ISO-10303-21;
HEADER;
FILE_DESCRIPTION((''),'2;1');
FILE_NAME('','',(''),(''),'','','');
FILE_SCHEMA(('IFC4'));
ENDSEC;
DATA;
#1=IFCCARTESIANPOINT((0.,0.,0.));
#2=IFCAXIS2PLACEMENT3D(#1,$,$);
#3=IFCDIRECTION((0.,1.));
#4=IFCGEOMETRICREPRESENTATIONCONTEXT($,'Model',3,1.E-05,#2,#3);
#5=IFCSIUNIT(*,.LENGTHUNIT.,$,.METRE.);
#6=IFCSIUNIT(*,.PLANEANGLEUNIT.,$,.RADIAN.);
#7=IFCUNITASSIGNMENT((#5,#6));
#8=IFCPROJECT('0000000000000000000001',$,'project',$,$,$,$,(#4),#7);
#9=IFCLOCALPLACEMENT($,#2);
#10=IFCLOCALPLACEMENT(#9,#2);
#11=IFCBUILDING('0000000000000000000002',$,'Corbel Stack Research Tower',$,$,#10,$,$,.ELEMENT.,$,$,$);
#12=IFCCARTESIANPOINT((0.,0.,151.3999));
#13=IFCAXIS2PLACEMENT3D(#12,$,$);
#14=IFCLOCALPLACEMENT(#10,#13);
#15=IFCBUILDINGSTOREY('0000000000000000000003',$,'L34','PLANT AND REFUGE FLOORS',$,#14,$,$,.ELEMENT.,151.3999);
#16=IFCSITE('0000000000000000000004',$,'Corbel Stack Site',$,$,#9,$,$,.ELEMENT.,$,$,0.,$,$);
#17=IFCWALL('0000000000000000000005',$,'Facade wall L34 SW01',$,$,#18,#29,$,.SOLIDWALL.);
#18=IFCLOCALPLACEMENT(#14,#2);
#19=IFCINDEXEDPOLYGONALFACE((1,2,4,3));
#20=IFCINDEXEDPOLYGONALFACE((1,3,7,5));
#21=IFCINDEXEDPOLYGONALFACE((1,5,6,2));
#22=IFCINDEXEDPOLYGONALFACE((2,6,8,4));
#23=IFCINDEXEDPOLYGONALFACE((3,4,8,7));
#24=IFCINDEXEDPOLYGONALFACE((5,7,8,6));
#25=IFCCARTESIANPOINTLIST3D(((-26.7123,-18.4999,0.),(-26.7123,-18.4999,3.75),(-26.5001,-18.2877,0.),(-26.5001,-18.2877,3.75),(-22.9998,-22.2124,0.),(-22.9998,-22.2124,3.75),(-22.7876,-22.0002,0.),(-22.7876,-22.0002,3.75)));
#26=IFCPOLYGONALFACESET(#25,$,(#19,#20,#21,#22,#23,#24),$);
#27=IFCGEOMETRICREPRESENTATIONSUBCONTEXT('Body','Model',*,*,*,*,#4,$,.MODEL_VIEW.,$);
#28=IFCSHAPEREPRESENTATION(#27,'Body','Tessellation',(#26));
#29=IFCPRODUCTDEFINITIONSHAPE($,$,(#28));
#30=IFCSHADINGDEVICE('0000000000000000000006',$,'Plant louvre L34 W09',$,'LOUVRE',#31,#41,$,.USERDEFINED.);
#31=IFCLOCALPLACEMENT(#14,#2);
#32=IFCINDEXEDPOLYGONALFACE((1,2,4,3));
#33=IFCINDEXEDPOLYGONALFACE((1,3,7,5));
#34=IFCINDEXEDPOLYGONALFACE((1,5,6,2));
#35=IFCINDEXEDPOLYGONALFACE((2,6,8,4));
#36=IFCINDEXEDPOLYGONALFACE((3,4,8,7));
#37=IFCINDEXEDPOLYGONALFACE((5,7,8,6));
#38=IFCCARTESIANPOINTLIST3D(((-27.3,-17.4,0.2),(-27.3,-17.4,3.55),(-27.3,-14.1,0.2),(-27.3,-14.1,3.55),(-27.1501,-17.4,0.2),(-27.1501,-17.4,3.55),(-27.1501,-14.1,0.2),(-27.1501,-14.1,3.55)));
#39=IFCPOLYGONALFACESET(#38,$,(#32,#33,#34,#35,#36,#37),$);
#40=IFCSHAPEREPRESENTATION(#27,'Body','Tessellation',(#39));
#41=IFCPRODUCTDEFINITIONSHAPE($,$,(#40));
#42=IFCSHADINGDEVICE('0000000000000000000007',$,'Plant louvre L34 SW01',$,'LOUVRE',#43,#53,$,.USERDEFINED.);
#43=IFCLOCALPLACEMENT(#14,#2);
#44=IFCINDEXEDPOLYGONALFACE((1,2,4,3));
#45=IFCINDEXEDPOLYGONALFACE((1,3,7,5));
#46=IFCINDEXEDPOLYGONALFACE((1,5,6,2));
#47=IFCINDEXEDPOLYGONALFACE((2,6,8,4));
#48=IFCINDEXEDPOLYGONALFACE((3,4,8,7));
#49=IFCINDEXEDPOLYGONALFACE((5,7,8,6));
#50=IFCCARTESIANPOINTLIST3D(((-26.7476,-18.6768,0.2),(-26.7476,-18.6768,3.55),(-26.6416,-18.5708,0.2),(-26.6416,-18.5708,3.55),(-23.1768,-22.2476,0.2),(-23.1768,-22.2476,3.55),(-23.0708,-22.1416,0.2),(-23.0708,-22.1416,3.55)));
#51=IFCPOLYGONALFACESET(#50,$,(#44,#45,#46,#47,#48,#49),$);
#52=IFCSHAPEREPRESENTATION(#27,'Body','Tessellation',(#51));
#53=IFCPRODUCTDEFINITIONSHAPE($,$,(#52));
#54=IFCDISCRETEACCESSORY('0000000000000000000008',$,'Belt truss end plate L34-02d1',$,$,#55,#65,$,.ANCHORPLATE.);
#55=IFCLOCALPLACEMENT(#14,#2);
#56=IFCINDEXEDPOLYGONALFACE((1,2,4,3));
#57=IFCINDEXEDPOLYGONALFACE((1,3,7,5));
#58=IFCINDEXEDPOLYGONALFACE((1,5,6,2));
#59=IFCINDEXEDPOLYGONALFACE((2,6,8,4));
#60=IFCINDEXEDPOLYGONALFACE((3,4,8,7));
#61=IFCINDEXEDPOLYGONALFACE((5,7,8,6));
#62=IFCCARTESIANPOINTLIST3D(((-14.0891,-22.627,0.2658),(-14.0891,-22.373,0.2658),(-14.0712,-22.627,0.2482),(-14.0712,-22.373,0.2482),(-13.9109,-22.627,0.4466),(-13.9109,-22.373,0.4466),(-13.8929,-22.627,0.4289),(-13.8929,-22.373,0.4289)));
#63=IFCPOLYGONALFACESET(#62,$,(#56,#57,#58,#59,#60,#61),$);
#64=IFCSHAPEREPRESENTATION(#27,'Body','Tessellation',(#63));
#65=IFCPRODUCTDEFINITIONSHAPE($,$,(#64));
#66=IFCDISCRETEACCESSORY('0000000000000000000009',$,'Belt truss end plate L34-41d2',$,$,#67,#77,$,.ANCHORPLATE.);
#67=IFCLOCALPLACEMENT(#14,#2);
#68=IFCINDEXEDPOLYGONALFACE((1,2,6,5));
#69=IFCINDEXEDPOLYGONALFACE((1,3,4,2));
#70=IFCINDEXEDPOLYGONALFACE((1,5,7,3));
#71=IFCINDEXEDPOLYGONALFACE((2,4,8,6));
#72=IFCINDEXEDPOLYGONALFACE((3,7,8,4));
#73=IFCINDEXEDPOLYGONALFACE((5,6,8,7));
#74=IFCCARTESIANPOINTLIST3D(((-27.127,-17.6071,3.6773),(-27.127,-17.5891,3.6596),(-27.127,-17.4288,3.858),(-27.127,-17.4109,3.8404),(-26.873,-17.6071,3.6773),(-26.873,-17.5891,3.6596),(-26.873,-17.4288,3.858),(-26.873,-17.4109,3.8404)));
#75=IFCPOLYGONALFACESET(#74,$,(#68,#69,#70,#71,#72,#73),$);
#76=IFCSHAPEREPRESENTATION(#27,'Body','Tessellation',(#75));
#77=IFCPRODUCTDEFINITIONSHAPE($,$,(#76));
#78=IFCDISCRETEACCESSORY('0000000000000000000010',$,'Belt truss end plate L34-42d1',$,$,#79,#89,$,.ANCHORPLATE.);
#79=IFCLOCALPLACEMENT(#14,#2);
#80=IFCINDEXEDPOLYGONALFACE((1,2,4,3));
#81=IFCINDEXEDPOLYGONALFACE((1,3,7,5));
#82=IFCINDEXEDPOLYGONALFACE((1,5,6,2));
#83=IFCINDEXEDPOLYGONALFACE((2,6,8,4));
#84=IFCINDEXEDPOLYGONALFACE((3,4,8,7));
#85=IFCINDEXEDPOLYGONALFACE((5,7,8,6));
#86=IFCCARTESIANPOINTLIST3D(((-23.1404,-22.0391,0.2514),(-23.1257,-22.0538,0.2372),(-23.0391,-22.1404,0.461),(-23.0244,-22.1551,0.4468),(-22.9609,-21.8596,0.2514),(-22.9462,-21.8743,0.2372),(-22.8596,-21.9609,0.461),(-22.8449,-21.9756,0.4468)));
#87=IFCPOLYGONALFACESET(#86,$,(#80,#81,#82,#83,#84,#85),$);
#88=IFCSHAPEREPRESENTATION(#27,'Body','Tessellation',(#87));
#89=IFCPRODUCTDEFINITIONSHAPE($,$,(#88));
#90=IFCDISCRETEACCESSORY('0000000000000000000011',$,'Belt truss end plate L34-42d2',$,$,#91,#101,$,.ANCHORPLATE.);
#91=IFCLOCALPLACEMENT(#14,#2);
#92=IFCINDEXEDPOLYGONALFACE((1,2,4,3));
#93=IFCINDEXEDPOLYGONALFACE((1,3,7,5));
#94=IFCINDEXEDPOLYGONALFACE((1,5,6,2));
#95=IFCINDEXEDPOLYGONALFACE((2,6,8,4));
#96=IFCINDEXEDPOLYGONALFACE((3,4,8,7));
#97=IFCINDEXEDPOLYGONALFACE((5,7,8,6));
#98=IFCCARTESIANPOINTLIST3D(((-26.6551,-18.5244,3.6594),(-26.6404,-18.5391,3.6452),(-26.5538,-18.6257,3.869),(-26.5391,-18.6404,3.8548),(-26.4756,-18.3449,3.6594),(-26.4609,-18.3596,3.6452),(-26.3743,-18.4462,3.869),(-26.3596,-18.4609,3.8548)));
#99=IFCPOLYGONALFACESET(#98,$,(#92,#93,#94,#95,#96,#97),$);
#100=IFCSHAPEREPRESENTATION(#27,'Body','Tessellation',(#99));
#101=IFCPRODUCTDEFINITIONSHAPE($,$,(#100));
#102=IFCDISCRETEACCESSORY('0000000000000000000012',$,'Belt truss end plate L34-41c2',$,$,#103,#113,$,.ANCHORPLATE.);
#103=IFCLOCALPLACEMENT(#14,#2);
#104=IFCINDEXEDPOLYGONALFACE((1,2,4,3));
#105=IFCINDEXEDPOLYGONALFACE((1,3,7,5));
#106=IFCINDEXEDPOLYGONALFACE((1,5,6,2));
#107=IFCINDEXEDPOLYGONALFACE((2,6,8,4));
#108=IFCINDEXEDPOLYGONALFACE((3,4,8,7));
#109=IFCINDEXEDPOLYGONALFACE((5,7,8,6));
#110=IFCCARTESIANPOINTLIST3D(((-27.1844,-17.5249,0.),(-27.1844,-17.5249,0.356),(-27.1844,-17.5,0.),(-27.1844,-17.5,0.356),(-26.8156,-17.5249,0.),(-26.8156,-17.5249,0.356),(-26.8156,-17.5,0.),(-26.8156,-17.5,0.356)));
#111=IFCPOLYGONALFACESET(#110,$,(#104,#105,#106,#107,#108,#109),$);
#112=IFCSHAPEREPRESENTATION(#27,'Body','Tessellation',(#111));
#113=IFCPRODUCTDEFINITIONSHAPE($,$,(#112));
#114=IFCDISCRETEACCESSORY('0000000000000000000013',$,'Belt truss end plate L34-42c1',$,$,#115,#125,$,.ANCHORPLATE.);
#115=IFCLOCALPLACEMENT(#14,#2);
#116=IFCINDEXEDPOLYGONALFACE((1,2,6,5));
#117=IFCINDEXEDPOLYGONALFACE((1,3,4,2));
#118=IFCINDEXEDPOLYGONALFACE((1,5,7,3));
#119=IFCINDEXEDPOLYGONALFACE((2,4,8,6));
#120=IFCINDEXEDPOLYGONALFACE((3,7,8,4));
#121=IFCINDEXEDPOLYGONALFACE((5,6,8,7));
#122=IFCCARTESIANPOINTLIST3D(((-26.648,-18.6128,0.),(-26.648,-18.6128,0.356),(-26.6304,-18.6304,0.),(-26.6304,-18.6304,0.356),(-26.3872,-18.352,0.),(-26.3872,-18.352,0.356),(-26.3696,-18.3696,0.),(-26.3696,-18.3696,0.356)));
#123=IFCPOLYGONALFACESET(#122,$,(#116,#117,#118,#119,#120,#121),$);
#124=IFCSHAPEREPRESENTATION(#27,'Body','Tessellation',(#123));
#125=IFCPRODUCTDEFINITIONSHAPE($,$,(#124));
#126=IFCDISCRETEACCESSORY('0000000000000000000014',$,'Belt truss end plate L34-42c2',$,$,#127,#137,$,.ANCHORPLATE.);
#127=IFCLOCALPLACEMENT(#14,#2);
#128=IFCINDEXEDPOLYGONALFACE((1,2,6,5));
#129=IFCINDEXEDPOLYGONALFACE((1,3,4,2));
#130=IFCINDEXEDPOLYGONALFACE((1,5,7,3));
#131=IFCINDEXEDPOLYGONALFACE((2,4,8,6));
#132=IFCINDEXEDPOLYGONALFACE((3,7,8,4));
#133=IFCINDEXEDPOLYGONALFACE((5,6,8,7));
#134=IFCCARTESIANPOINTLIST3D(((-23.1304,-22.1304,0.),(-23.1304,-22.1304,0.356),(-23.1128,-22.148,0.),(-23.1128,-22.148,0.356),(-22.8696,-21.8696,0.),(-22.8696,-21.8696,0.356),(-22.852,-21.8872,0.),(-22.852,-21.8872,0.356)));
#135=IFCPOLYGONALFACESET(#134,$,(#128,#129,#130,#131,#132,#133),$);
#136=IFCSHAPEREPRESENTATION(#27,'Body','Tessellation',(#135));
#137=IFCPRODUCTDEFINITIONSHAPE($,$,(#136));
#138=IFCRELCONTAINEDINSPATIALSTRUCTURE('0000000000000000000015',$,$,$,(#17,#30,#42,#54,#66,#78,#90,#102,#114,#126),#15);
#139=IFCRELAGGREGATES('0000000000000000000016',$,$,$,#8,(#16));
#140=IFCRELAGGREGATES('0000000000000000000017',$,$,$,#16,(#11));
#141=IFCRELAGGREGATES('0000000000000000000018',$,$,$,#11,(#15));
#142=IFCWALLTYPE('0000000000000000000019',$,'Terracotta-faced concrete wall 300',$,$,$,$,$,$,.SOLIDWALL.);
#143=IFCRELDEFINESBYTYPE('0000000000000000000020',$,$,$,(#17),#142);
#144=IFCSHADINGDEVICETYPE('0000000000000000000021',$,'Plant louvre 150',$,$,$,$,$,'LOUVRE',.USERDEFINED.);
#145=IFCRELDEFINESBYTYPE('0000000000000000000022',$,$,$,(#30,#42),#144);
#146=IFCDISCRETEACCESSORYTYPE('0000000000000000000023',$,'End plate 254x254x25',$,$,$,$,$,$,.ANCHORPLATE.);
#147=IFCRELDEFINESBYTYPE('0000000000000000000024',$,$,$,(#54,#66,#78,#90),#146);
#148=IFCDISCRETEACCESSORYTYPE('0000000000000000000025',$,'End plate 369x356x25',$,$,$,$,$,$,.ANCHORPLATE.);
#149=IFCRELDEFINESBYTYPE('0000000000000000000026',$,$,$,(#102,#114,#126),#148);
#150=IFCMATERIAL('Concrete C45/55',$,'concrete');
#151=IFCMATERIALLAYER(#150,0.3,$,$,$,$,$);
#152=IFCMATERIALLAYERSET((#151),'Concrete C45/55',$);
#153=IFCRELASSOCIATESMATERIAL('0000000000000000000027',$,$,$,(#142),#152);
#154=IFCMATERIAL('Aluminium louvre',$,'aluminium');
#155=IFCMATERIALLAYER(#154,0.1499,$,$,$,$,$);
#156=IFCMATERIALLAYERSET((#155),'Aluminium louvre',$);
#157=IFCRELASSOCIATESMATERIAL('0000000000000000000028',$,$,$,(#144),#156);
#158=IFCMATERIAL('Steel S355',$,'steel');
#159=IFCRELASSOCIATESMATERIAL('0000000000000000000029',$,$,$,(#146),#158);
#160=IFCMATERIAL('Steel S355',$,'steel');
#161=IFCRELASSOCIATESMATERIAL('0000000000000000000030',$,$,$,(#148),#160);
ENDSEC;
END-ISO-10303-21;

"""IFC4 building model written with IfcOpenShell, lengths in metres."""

from ifc_helpers import new_model, si_unit, direction, frame, frame_2d, origin, origin_2d, place, context, subcontext, project, spatial, rectangle, extrude, material, layer, layer_set, material_profile, profile_set, type_object, element, save


model = new_model("IFC4")

# Units and contexts
model_context = context("Model", 3, precision=1e-05, world=origin(), true_north=direction((0.0, 1.0)))
body_context = subcontext(model_context, "Body", "Model", "MODEL_VIEW")
ifc_project = project(units=[si_unit("LENGTHUNIT", "METRE"), si_unit("PLANEANGLEUNIT", "RADIAN")], contexts=[model_context])

# Site, building, storey
site_placement = place(None, origin())
site = spatial("IfcSite", under=ifc_project, at=site_placement, Name="Corbel Stack Site", CompositionType="ELEMENT", RefElevation=0.0)
building_placement = place(site_placement, origin())
building = spatial("IfcBuilding", under=site, at=building_placement, Name="Corbel Stack Research Tower", CompositionType="ELEMENT")
storey_placement = place(building_placement, frame((0.0, 0.0, 151.3999)))
storey = spatial("IfcBuildingStorey", under=building, at=storey_placement, Name="L34", Description="PLANT AND REFUGE FLOORS", CompositionType="ELEMENT", Elevation=151.3999)

# Wall
ifc_material_1 = material(Name="Concrete C45/55", Category="concrete")
ifc_layer_1 = layer(ifc_material_1, 0.3)
ifc_layer_set_1 = layer_set([ifc_layer_1], Name="Concrete C45/55")
wall_type_1 = type_object("IfcWallType", Name="Terracotta-faced concrete wall 300", PredefinedType="SOLIDWALL", material=ifc_layer_set_1)
wall_1_placement = place(storey_placement, frame((-22.8938, -22.1062, 0.0), z_axis=(0.0, 0.0, 1.0), x_axis=(-0.707107, 0.707107, 0.0)))
element("IfcWall", 1, at=wall_1_placement, inside=storey, type_object=wall_type_1, Name="Facade wall L34 SW01", PredefinedType="SOLIDWALL", context=body_context, shape_type="SweptSolid", body=[
    extrude(rectangle(XDim=5.2502, YDim=0.3, at=frame_2d((2.625, 0.0))), origin(), (0.0, 0.0, 1.0), 3.75),
])

# Shading devices
ifc_material_2 = material(Name="Aluminium louvre", Category="aluminium")
ifc_layer_2 = layer(ifc_material_2, 0.1499)
ifc_layer_set_2 = layer_set([ifc_layer_2], Name="Aluminium louvre")
shading_device_type = type_object("IfcShadingDeviceType", Name="Plant louvre 150", ElementType="LOUVRE", PredefinedType="USERDEFINED", material=ifc_layer_set_2)
shading_device_1_placement = place(storey_placement, frame((-27.2251, -15.75, 0.2), z_axis=(0.0, 0.0, 1.0), x_axis=(0.0, -1.0, 0.0)))
element("IfcShadingDevice", 2, at=shading_device_1_placement, inside=storey, type_object=shading_device_type, Name="Plant louvre L34 W09", ObjectType="LOUVRE", PredefinedType="USERDEFINED", context=body_context, shape_type="SweptSolid", body=[
    extrude(rectangle(XDim=3.3, YDim=0.1499, at=origin_2d()), origin(), (0.0, 0.0, 1.0), 3.3501),
])
shading_device_2_placement = place(storey_placement, frame((-24.9092, -20.4092, 0.2), z_axis=(0.0, 0.0, 1.0), x_axis=(0.707107, -0.707107, 0.0)))
element("IfcShadingDevice", 3, at=shading_device_2_placement, inside=storey, type_object=shading_device_type, Name="Plant louvre L34 SW01", ObjectType="LOUVRE", PredefinedType="USERDEFINED", context=body_context, shape_type="SweptSolid", body=[
    extrude(rectangle(XDim=5.0498, YDim=0.1499, at=origin_2d()), origin(), (0.0, 0.0, 1.0), 3.3501),
])

# Discrete accessories
ifc_material_3 = material(Name="Steel S355", Category="steel")
ifc_material_profile_1 = material_profile(ifc_material_3, rectangle(XDim=0.2539, YDim=0.2539, at=origin_2d()), Name="End plate 254x254x25")
ifc_profile_set_1 = profile_set([ifc_material_profile_1], Name="Steel S355")
discrete_accessory_type_1 = type_object("IfcDiscreteAccessoryType", Name="End plate 254x254x25", PredefinedType="ANCHORPLATE", material=ifc_profile_set_1)
for number, where, z_axis, x_axis, name in (
    (4, (-14.0, -22.5, 0.3562), (0.711966, 0.0, -0.702213), (0.0, 1.0, 0.0), "Belt truss end plate L34-02d1"),
    (5, (-27.0, -17.5, 3.75), (0.0, -0.711966, 0.702213), (1.0, 0.0, 0.0), "Belt truss end plate L34-41d2"),
    (6, (-23.0, -22.0, 0.3562), (0.583764, -0.583764, -0.564305), (0.707107, 0.707107, 0.0), "Belt truss end plate L34-42d1"),
    (7, (-26.5, -18.5, 3.75), (-0.583764, 0.583764, 0.564305), (-0.707107, -0.707107, 0.0), "Belt truss end plate L34-42d2"),
):
    element("IfcDiscreteAccessory", number, at=place(storey_placement, frame(where, z_axis=z_axis, x_axis=x_axis)), inside=storey, type_object=discrete_accessory_type_1, Name=name, PredefinedType="ANCHORPLATE", context=body_context, shape_type="SweptSolid", body=[
        extrude(rectangle(XDim=0.2539, YDim=0.2539, at=origin_2d()), origin(), (0.0, 0.0, 1.0), 0.0251),
    ])
ifc_material_4 = material(Name="Steel S355", Category="steel")
ifc_material_profile_2 = material_profile(ifc_material_4, rectangle(XDim=0.3689, YDim=0.356, at=origin_2d()), Name="End plate 369x356x25")
ifc_profile_set_2 = profile_set([ifc_material_profile_2], Name="Steel S355")
discrete_accessory_type_2 = type_object("IfcDiscreteAccessoryType", Name="End plate 369x356x25", PredefinedType="ANCHORPLATE", material=ifc_profile_set_2)
for number, where, z_axis, x_axis, name in (
    (8, (-27.0, -17.5, 0.178), (0.0, -1.0, 0.0), (1.0, 0.0, 0.0), "Belt truss end plate L34-41c2"),
    (9, (-26.5, -18.5, 0.178), (-0.707107, 0.707107, 0.0), (-0.707107, -0.707107, 0.0), "Belt truss end plate L34-42c1"),
    (10, (-23.0, -22.0, 0.178), (0.707107, -0.707107, 0.0), (0.707107, 0.707107, 0.0), "Belt truss end plate L34-42c2"),
):
    element("IfcDiscreteAccessory", number, at=place(storey_placement, frame(where, z_axis=z_axis, x_axis=x_axis)), inside=storey, type_object=discrete_accessory_type_2, Name=name, PredefinedType="ANCHORPLATE", context=body_context, shape_type="SweptSolid", body=[
        extrude(rectangle(XDim=0.3689, YDim=0.356, at=origin_2d()), origin(), (0.0, 0.0, 1.0), 0.0249),
    ])

save(model, "model.ifc")
